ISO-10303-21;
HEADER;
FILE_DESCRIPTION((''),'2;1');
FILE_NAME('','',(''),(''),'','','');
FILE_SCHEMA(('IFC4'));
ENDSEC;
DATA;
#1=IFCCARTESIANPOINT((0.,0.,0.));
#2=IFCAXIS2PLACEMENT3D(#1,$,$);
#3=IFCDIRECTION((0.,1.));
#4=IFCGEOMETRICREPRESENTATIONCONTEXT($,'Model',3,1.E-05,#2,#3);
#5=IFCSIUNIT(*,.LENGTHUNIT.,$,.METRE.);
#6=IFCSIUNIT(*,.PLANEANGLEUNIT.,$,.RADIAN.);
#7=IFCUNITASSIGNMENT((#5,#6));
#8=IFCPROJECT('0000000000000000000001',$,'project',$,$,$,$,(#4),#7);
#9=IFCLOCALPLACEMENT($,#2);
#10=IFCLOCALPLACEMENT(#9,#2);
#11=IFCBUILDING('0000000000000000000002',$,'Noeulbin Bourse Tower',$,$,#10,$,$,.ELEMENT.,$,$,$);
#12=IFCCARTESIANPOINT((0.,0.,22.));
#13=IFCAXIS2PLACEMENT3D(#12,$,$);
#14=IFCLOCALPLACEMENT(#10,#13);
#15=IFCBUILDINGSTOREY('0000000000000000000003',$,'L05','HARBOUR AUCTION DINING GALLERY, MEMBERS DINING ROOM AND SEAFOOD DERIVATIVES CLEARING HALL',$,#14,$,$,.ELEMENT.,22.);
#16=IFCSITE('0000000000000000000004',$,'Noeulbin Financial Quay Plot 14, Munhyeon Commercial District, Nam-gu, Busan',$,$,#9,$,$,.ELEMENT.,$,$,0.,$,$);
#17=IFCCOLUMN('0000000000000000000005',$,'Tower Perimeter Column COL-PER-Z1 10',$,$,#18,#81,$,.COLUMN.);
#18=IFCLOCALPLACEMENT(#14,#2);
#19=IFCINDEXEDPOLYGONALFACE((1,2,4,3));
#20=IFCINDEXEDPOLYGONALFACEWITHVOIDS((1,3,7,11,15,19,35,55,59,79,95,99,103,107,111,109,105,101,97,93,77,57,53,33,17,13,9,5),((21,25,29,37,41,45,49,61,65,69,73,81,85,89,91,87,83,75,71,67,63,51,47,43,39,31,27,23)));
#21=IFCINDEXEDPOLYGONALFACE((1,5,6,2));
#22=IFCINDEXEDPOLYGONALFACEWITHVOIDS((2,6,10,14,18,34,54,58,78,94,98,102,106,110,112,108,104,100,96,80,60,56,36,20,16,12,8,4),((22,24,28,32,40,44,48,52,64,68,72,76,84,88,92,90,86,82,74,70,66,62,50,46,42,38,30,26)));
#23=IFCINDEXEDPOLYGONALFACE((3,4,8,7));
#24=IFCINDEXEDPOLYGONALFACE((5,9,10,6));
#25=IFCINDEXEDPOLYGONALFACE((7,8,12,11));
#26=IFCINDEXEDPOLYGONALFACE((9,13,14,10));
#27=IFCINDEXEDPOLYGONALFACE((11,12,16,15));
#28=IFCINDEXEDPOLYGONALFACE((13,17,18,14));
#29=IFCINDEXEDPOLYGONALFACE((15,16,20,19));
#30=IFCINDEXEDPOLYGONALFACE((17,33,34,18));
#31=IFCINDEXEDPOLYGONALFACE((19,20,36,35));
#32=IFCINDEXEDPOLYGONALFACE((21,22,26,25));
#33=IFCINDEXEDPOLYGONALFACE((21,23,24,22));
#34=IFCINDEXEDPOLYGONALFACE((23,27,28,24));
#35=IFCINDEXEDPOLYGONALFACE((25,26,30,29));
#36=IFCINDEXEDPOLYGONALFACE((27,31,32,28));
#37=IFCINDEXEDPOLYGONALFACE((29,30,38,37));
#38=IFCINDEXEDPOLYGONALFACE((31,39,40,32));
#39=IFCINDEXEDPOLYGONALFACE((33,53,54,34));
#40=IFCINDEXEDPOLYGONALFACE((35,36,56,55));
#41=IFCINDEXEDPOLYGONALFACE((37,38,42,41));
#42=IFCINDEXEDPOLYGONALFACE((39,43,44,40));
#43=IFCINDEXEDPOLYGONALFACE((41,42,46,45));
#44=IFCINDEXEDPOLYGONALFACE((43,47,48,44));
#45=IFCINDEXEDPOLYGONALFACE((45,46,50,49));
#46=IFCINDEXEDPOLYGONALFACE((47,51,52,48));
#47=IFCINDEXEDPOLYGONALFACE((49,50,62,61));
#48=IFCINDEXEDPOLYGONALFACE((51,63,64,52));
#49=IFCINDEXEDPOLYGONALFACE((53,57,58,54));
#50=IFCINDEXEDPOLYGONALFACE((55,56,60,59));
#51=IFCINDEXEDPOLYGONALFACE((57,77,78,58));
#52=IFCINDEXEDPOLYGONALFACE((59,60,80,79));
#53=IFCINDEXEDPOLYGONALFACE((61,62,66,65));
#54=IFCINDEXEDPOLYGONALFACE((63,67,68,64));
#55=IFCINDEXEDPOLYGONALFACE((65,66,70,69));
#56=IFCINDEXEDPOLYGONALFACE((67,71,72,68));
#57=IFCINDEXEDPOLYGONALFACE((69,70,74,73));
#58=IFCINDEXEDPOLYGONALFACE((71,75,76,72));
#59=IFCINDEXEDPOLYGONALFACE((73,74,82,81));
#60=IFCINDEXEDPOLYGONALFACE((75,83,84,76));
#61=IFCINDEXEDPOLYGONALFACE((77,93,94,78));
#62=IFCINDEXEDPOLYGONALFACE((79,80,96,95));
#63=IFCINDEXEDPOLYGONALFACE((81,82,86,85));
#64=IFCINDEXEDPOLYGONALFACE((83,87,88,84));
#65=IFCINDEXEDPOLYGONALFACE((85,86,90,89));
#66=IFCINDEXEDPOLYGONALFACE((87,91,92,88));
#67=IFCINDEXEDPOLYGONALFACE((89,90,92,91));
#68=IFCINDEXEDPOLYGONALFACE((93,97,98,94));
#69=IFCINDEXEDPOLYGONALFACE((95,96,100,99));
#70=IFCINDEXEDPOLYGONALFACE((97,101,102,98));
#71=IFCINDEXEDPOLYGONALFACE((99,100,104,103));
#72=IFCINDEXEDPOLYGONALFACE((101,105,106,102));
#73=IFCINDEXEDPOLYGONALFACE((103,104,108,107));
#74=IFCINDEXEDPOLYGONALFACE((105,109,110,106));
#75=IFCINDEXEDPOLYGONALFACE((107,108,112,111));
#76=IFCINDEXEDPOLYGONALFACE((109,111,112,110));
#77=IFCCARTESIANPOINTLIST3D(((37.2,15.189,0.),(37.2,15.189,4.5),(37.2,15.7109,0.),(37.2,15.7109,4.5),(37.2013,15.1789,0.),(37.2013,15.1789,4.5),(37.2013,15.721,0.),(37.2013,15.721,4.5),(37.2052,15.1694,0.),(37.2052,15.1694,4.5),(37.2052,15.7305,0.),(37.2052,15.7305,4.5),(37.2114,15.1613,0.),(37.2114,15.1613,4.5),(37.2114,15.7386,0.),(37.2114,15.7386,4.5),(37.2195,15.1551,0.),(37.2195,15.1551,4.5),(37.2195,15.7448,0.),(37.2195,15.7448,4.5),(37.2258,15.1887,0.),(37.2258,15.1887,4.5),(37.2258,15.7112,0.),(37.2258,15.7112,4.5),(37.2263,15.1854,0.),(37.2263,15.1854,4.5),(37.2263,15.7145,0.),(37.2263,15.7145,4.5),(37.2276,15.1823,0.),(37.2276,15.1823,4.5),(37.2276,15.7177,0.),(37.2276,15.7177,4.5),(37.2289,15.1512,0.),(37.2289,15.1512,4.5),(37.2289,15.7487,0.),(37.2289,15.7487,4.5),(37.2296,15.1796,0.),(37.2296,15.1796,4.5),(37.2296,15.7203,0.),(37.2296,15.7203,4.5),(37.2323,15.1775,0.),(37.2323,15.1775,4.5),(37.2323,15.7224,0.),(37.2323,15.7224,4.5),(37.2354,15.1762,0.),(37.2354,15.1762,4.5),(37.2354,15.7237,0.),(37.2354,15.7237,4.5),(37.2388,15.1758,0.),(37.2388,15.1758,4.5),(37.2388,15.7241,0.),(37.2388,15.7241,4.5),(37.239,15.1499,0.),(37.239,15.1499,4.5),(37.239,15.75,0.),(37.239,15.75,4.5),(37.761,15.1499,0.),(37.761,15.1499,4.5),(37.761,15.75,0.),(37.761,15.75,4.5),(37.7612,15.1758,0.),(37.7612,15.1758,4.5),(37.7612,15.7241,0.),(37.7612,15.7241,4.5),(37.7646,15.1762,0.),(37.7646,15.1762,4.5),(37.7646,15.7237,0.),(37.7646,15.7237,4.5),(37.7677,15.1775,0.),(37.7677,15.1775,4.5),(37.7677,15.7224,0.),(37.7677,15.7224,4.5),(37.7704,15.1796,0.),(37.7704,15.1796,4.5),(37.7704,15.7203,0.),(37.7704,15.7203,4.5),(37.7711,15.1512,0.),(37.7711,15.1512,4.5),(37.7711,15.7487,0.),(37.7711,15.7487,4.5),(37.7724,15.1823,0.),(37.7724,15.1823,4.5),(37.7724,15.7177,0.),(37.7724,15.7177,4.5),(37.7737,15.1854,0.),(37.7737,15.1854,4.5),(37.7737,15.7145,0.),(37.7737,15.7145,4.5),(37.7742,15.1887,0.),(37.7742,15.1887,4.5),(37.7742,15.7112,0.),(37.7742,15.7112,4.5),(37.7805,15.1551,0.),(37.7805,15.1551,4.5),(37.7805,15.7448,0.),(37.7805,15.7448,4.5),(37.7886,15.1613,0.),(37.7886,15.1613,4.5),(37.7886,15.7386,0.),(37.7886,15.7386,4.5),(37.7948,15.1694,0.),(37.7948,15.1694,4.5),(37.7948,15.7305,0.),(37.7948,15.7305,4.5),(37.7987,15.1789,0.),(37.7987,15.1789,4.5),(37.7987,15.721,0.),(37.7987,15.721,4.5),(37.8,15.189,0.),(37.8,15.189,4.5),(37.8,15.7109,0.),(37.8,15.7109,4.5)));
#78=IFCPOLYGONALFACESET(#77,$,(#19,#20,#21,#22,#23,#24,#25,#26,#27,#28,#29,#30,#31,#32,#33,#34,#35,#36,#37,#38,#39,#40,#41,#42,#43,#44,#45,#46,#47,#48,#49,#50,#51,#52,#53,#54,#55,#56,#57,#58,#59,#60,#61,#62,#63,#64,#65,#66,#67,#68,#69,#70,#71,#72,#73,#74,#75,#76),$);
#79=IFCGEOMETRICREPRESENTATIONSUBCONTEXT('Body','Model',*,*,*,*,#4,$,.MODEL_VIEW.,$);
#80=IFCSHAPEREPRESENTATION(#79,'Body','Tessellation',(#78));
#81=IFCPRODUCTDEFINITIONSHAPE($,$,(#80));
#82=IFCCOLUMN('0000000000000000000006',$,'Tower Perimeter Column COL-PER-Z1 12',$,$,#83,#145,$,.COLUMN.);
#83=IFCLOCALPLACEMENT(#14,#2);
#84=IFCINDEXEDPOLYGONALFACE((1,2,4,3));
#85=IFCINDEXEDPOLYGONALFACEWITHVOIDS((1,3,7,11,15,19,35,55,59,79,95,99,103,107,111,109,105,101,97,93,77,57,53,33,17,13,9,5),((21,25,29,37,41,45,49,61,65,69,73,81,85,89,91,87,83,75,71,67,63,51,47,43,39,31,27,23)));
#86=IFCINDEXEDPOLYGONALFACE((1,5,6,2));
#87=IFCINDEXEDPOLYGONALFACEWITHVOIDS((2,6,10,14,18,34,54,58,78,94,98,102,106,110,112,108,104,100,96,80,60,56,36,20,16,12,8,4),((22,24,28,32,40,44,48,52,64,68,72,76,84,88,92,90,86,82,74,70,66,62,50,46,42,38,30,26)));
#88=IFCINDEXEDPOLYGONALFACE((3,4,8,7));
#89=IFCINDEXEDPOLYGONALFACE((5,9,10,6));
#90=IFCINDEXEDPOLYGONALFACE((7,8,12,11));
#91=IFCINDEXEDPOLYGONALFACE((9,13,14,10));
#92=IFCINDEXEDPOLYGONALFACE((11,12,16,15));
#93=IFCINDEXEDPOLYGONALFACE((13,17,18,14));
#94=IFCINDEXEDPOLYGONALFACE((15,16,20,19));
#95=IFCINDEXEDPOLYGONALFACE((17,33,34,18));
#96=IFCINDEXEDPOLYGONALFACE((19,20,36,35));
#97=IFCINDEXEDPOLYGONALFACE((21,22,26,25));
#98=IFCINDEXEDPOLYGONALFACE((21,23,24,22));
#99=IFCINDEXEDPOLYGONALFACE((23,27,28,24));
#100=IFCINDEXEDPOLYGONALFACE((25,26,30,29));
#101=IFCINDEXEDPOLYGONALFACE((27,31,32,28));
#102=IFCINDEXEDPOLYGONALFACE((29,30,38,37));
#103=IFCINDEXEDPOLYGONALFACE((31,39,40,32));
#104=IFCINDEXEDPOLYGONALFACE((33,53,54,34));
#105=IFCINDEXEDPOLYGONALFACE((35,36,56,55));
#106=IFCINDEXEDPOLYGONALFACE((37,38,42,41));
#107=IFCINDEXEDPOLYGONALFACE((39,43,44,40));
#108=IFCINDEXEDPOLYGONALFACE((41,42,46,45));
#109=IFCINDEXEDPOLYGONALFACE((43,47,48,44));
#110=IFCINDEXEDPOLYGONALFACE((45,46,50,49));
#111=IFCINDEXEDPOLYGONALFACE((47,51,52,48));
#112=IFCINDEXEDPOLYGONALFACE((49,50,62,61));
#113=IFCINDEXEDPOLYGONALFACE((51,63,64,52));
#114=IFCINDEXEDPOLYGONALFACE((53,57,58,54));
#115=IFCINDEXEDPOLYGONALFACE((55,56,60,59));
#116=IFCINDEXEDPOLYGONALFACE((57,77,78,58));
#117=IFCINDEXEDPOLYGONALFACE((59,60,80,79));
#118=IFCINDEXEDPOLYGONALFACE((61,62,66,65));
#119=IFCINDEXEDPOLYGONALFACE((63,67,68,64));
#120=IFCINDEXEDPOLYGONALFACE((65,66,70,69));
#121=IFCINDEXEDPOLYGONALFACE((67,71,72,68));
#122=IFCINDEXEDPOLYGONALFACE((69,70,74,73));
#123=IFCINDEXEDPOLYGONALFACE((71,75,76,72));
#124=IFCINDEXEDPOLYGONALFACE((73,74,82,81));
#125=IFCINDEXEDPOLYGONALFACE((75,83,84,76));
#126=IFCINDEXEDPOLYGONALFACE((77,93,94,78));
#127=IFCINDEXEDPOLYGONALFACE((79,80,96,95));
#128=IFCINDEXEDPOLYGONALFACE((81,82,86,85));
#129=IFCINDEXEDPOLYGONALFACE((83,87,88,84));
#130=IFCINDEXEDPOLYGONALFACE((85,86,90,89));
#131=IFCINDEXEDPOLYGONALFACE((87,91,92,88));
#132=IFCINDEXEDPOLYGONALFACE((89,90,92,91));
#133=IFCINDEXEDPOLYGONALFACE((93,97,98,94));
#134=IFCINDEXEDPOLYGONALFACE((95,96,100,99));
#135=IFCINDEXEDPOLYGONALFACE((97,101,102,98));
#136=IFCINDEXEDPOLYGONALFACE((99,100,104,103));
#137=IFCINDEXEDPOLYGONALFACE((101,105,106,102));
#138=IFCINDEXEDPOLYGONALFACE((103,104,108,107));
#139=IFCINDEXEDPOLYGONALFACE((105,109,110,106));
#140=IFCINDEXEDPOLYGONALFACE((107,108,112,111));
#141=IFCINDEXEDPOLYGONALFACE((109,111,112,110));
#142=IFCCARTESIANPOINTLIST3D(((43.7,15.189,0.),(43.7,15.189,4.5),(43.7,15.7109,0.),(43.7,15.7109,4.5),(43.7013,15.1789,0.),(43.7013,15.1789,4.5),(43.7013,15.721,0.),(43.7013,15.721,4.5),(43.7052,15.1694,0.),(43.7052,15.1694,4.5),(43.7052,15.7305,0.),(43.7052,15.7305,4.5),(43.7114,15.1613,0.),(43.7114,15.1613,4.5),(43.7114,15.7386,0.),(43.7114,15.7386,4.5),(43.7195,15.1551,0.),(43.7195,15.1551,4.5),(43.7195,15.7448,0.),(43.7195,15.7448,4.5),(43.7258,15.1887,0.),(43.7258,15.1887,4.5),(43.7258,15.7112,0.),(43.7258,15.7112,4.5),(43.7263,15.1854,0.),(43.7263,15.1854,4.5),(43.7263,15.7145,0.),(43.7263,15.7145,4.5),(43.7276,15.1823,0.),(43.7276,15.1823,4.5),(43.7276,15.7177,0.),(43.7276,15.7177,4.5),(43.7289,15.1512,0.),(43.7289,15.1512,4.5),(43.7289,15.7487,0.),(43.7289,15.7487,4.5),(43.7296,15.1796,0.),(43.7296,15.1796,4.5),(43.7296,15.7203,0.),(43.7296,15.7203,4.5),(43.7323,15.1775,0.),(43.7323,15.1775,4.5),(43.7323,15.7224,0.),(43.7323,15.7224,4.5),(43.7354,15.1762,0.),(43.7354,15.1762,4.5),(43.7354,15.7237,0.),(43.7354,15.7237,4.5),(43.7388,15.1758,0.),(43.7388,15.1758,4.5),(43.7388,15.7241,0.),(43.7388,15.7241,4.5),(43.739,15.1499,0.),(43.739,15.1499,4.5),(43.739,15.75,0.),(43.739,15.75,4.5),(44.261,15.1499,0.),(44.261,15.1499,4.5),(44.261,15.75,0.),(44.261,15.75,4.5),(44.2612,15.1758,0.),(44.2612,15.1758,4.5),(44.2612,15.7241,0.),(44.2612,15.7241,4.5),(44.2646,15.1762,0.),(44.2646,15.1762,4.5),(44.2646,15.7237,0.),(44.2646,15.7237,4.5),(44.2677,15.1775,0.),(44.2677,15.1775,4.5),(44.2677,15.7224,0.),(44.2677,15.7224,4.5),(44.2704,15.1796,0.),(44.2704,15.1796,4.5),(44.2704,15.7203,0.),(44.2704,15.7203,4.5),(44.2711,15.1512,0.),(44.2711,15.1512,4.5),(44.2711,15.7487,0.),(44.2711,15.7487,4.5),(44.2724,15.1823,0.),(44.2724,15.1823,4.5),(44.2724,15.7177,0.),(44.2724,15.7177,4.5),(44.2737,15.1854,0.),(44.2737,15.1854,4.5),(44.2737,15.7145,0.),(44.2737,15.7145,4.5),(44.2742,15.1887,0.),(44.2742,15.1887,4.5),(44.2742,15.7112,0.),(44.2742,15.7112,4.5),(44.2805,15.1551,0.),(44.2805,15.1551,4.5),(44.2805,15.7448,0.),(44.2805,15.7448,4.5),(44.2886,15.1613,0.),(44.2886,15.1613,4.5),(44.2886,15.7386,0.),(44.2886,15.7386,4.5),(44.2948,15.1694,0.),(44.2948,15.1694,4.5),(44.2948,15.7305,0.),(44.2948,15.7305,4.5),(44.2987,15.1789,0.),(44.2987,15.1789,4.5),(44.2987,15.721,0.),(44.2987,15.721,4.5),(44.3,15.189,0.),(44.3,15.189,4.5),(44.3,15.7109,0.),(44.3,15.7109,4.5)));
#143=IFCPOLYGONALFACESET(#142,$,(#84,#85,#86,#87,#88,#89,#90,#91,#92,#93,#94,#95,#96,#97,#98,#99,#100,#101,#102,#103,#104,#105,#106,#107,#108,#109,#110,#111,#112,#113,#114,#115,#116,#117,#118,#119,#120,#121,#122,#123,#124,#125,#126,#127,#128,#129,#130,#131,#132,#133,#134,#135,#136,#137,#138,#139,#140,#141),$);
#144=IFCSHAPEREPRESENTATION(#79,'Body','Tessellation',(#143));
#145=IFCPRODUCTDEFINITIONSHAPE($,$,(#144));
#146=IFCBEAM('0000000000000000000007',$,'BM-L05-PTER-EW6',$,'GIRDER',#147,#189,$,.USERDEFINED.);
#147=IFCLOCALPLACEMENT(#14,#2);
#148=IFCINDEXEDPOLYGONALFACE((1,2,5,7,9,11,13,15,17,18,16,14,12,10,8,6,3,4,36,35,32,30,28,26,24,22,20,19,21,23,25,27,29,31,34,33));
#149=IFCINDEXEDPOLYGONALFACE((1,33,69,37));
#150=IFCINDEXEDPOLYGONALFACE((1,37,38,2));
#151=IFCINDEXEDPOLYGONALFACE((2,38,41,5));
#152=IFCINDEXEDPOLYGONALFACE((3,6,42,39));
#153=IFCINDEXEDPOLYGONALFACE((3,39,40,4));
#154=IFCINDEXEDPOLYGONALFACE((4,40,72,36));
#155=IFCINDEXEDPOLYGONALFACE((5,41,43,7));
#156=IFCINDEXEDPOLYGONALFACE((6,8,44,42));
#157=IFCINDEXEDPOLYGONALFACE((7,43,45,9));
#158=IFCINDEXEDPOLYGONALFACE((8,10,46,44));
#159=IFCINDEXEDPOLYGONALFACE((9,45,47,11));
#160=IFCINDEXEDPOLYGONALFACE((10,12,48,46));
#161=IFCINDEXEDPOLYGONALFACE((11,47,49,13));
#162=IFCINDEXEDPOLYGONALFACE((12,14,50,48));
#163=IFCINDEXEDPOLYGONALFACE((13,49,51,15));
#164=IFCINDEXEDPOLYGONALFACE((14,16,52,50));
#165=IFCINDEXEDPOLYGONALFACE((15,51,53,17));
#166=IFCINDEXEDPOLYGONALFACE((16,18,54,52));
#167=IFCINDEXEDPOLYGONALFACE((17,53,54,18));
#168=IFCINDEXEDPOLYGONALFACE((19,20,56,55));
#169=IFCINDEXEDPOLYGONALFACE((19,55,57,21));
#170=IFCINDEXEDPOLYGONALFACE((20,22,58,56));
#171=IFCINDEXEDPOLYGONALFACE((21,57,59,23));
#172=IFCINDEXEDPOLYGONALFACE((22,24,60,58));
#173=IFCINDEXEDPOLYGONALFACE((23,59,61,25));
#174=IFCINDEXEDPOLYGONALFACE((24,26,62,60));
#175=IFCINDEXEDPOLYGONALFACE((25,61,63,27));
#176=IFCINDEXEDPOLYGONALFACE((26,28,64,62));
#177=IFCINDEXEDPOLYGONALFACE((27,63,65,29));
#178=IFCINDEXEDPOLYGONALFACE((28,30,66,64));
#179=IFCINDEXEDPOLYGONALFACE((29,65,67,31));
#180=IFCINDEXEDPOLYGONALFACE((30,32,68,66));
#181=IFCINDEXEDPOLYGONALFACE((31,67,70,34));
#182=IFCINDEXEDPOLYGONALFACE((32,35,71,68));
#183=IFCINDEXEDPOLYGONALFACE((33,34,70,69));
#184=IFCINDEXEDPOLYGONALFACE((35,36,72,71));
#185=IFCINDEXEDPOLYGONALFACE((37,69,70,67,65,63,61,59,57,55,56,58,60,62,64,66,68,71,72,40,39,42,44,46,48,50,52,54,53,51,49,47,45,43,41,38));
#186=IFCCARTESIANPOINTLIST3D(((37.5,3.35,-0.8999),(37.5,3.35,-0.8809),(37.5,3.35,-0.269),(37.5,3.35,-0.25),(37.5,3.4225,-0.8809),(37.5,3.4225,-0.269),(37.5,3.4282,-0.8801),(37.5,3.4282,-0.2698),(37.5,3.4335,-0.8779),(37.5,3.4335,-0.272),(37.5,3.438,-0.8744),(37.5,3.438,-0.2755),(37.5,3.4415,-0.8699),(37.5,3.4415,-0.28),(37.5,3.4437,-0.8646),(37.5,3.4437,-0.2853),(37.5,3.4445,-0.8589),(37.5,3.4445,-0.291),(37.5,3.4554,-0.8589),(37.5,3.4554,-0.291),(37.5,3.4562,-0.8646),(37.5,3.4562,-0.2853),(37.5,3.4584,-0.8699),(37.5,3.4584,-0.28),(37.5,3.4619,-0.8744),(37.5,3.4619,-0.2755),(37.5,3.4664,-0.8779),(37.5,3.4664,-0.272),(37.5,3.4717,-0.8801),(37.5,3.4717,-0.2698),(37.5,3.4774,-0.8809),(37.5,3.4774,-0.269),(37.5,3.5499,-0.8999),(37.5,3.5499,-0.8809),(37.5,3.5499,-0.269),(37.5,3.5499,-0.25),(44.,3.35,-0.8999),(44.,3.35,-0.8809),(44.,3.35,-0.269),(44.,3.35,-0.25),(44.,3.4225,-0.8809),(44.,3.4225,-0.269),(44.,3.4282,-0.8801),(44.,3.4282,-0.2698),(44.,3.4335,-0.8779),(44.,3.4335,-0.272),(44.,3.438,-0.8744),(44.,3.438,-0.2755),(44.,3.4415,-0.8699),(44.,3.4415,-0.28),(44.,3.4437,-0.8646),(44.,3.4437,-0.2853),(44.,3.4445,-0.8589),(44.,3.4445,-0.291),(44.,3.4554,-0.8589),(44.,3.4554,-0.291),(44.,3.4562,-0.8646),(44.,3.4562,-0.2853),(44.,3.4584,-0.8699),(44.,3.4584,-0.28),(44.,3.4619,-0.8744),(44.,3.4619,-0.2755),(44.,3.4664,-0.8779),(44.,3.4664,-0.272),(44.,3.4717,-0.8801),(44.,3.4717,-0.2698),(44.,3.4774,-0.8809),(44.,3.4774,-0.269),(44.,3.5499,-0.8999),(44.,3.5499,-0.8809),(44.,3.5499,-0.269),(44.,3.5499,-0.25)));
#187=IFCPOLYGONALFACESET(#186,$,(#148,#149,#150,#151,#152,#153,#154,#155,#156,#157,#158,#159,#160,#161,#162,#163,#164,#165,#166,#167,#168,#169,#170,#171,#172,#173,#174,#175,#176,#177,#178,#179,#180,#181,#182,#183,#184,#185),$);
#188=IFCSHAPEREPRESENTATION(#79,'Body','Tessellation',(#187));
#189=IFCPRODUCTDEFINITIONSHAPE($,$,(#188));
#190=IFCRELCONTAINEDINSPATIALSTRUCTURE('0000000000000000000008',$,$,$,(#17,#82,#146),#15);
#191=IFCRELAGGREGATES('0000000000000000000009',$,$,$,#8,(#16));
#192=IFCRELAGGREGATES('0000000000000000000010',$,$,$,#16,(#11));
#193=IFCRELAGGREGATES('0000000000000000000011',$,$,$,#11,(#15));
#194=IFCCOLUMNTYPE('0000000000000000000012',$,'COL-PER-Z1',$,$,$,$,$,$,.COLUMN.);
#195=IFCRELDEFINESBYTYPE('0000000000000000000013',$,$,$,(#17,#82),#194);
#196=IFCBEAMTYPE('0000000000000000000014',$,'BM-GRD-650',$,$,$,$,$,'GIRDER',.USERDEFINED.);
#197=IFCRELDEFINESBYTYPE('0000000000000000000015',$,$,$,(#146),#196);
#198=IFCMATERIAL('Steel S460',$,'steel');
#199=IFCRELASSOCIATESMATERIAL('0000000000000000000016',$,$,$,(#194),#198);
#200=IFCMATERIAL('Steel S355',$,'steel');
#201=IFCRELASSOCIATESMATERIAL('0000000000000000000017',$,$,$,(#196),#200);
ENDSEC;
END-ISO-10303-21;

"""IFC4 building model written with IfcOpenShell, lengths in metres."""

from ifc_helpers import new_model, si_unit, direction, frame, origin, origin_2d, place, context, subcontext, project, spatial, hollow_rectangle, i_section, extrude, material, material_profile, profile_set, type_object, element, save


model = new_model("IFC4")

# Units and contexts
model_context = context("Model", 3, precision=1e-05, world=origin(), true_north=direction((0.0, 1.0)))
body_context = subcontext(model_context, "Body", "Model", "MODEL_VIEW")
ifc_project = project(units=[si_unit("LENGTHUNIT", "METRE"), si_unit("PLANEANGLEUNIT", "RADIAN")], contexts=[model_context])

# Site, building, storey
site_placement = place(None, origin())
site = spatial("IfcSite", under=ifc_project, at=site_placement, Name="Noeulbin Financial Quay Plot 14, Munhyeon Commercial District, Nam-gu, Busan", CompositionType="ELEMENT", RefElevation=0.0)
building_placement = place(site_placement, origin())
building = spatial("IfcBuilding", under=site, at=building_placement, Name="Noeulbin Bourse Tower", CompositionType="ELEMENT")
storey_placement = place(building_placement, frame((0.0, 0.0, 22.0)))
storey = spatial("IfcBuildingStorey", under=building, at=storey_placement, Name="L05", Description="HARBOUR AUCTION DINING GALLERY, MEMBERS DINING ROOM AND SEAFOOD DERIVATIVES CLEARING HALL", CompositionType="ELEMENT", Elevation=22.0)

# Columns
ifc_material_1 = material(Name="Steel S460", Category="steel")
ifc_material_profile_1 = material_profile(ifc_material_1, hollow_rectangle(XDim=0.6001, YDim=0.6001, WallThickness=0.0259, InnerFilletRadius=0.0129, OuterFilletRadius=0.0391, at=origin_2d()), Name="BOX-600x600x26", Category="LoadBearing")
ifc_profile_set_1 = profile_set([ifc_material_profile_1], Name="Steel S460")
column_type = type_object("IfcColumnType", Name="COL-PER-Z1", PredefinedType="COLUMN", material=ifc_profile_set_1)
for number, where, z_axis, x_axis, name in (
    (1, (37.5, 15.45, 0.0), (0.0, 0.0, 1.0), (1.0, 0.0, 0.0), "Tower Perimeter Column COL-PER-Z1 10"),
    (2, (44.0, 15.45, 0.0), (0.0, 0.0, 1.0), (1.0, 0.0, 0.0), "Tower Perimeter Column COL-PER-Z1 12"),
):
    element("IfcColumn", number, at=place(storey_placement, frame(where, z_axis=z_axis, x_axis=x_axis)), inside=storey, type_object=column_type, Name=name, PredefinedType="COLUMN", context=body_context, shape_type="SweptSolid", body=[
        extrude(hollow_rectangle(XDim=0.6001, YDim=0.6001, WallThickness=0.0259, InnerFilletRadius=0.0129, OuterFilletRadius=0.0391, at=origin_2d()), origin(), (0.0, 0.0, 1.0), 4.5),
    ])

# Beam
ifc_material_2 = material(Name="Steel S355", Category="steel")
ifc_material_profile_2 = material_profile(ifc_material_2, i_section(OverallWidth=0.2, OverallDepth=0.6499, WebThickness=0.011, FlangeThickness=0.019, FilletRadius=0.022, at=origin_2d()), Name="H-650x200x11x19", Category="LoadBearing")
ifc_profile_set_2 = profile_set([ifc_material_profile_2], Name="Steel S355")
beam_type_1 = type_object("IfcBeamType", Name="BM-GRD-650", ElementType="GIRDER", PredefinedType="USERDEFINED", material=ifc_profile_set_2)
beam_1_placement = place(storey_placement, frame((37.5, 3.45, -0.575), z_axis=(1.0, 0.0, 0.0), x_axis=(0.0, 1.0, 0.0)))
element("IfcBeam", 3, at=beam_1_placement, inside=storey, type_object=beam_type_1, Name="BM-L05-PTER-EW6", ObjectType="GIRDER", PredefinedType="USERDEFINED", context=body_context, shape_type="SweptSolid", body=[
    extrude(i_section(OverallWidth=0.2, OverallDepth=0.6499, WebThickness=0.011, FlangeThickness=0.019, FilletRadius=0.022, at=origin_2d()), origin(), (0.0, 0.0, 1.0), 6.5),
])

save(model, "model.ifc")
